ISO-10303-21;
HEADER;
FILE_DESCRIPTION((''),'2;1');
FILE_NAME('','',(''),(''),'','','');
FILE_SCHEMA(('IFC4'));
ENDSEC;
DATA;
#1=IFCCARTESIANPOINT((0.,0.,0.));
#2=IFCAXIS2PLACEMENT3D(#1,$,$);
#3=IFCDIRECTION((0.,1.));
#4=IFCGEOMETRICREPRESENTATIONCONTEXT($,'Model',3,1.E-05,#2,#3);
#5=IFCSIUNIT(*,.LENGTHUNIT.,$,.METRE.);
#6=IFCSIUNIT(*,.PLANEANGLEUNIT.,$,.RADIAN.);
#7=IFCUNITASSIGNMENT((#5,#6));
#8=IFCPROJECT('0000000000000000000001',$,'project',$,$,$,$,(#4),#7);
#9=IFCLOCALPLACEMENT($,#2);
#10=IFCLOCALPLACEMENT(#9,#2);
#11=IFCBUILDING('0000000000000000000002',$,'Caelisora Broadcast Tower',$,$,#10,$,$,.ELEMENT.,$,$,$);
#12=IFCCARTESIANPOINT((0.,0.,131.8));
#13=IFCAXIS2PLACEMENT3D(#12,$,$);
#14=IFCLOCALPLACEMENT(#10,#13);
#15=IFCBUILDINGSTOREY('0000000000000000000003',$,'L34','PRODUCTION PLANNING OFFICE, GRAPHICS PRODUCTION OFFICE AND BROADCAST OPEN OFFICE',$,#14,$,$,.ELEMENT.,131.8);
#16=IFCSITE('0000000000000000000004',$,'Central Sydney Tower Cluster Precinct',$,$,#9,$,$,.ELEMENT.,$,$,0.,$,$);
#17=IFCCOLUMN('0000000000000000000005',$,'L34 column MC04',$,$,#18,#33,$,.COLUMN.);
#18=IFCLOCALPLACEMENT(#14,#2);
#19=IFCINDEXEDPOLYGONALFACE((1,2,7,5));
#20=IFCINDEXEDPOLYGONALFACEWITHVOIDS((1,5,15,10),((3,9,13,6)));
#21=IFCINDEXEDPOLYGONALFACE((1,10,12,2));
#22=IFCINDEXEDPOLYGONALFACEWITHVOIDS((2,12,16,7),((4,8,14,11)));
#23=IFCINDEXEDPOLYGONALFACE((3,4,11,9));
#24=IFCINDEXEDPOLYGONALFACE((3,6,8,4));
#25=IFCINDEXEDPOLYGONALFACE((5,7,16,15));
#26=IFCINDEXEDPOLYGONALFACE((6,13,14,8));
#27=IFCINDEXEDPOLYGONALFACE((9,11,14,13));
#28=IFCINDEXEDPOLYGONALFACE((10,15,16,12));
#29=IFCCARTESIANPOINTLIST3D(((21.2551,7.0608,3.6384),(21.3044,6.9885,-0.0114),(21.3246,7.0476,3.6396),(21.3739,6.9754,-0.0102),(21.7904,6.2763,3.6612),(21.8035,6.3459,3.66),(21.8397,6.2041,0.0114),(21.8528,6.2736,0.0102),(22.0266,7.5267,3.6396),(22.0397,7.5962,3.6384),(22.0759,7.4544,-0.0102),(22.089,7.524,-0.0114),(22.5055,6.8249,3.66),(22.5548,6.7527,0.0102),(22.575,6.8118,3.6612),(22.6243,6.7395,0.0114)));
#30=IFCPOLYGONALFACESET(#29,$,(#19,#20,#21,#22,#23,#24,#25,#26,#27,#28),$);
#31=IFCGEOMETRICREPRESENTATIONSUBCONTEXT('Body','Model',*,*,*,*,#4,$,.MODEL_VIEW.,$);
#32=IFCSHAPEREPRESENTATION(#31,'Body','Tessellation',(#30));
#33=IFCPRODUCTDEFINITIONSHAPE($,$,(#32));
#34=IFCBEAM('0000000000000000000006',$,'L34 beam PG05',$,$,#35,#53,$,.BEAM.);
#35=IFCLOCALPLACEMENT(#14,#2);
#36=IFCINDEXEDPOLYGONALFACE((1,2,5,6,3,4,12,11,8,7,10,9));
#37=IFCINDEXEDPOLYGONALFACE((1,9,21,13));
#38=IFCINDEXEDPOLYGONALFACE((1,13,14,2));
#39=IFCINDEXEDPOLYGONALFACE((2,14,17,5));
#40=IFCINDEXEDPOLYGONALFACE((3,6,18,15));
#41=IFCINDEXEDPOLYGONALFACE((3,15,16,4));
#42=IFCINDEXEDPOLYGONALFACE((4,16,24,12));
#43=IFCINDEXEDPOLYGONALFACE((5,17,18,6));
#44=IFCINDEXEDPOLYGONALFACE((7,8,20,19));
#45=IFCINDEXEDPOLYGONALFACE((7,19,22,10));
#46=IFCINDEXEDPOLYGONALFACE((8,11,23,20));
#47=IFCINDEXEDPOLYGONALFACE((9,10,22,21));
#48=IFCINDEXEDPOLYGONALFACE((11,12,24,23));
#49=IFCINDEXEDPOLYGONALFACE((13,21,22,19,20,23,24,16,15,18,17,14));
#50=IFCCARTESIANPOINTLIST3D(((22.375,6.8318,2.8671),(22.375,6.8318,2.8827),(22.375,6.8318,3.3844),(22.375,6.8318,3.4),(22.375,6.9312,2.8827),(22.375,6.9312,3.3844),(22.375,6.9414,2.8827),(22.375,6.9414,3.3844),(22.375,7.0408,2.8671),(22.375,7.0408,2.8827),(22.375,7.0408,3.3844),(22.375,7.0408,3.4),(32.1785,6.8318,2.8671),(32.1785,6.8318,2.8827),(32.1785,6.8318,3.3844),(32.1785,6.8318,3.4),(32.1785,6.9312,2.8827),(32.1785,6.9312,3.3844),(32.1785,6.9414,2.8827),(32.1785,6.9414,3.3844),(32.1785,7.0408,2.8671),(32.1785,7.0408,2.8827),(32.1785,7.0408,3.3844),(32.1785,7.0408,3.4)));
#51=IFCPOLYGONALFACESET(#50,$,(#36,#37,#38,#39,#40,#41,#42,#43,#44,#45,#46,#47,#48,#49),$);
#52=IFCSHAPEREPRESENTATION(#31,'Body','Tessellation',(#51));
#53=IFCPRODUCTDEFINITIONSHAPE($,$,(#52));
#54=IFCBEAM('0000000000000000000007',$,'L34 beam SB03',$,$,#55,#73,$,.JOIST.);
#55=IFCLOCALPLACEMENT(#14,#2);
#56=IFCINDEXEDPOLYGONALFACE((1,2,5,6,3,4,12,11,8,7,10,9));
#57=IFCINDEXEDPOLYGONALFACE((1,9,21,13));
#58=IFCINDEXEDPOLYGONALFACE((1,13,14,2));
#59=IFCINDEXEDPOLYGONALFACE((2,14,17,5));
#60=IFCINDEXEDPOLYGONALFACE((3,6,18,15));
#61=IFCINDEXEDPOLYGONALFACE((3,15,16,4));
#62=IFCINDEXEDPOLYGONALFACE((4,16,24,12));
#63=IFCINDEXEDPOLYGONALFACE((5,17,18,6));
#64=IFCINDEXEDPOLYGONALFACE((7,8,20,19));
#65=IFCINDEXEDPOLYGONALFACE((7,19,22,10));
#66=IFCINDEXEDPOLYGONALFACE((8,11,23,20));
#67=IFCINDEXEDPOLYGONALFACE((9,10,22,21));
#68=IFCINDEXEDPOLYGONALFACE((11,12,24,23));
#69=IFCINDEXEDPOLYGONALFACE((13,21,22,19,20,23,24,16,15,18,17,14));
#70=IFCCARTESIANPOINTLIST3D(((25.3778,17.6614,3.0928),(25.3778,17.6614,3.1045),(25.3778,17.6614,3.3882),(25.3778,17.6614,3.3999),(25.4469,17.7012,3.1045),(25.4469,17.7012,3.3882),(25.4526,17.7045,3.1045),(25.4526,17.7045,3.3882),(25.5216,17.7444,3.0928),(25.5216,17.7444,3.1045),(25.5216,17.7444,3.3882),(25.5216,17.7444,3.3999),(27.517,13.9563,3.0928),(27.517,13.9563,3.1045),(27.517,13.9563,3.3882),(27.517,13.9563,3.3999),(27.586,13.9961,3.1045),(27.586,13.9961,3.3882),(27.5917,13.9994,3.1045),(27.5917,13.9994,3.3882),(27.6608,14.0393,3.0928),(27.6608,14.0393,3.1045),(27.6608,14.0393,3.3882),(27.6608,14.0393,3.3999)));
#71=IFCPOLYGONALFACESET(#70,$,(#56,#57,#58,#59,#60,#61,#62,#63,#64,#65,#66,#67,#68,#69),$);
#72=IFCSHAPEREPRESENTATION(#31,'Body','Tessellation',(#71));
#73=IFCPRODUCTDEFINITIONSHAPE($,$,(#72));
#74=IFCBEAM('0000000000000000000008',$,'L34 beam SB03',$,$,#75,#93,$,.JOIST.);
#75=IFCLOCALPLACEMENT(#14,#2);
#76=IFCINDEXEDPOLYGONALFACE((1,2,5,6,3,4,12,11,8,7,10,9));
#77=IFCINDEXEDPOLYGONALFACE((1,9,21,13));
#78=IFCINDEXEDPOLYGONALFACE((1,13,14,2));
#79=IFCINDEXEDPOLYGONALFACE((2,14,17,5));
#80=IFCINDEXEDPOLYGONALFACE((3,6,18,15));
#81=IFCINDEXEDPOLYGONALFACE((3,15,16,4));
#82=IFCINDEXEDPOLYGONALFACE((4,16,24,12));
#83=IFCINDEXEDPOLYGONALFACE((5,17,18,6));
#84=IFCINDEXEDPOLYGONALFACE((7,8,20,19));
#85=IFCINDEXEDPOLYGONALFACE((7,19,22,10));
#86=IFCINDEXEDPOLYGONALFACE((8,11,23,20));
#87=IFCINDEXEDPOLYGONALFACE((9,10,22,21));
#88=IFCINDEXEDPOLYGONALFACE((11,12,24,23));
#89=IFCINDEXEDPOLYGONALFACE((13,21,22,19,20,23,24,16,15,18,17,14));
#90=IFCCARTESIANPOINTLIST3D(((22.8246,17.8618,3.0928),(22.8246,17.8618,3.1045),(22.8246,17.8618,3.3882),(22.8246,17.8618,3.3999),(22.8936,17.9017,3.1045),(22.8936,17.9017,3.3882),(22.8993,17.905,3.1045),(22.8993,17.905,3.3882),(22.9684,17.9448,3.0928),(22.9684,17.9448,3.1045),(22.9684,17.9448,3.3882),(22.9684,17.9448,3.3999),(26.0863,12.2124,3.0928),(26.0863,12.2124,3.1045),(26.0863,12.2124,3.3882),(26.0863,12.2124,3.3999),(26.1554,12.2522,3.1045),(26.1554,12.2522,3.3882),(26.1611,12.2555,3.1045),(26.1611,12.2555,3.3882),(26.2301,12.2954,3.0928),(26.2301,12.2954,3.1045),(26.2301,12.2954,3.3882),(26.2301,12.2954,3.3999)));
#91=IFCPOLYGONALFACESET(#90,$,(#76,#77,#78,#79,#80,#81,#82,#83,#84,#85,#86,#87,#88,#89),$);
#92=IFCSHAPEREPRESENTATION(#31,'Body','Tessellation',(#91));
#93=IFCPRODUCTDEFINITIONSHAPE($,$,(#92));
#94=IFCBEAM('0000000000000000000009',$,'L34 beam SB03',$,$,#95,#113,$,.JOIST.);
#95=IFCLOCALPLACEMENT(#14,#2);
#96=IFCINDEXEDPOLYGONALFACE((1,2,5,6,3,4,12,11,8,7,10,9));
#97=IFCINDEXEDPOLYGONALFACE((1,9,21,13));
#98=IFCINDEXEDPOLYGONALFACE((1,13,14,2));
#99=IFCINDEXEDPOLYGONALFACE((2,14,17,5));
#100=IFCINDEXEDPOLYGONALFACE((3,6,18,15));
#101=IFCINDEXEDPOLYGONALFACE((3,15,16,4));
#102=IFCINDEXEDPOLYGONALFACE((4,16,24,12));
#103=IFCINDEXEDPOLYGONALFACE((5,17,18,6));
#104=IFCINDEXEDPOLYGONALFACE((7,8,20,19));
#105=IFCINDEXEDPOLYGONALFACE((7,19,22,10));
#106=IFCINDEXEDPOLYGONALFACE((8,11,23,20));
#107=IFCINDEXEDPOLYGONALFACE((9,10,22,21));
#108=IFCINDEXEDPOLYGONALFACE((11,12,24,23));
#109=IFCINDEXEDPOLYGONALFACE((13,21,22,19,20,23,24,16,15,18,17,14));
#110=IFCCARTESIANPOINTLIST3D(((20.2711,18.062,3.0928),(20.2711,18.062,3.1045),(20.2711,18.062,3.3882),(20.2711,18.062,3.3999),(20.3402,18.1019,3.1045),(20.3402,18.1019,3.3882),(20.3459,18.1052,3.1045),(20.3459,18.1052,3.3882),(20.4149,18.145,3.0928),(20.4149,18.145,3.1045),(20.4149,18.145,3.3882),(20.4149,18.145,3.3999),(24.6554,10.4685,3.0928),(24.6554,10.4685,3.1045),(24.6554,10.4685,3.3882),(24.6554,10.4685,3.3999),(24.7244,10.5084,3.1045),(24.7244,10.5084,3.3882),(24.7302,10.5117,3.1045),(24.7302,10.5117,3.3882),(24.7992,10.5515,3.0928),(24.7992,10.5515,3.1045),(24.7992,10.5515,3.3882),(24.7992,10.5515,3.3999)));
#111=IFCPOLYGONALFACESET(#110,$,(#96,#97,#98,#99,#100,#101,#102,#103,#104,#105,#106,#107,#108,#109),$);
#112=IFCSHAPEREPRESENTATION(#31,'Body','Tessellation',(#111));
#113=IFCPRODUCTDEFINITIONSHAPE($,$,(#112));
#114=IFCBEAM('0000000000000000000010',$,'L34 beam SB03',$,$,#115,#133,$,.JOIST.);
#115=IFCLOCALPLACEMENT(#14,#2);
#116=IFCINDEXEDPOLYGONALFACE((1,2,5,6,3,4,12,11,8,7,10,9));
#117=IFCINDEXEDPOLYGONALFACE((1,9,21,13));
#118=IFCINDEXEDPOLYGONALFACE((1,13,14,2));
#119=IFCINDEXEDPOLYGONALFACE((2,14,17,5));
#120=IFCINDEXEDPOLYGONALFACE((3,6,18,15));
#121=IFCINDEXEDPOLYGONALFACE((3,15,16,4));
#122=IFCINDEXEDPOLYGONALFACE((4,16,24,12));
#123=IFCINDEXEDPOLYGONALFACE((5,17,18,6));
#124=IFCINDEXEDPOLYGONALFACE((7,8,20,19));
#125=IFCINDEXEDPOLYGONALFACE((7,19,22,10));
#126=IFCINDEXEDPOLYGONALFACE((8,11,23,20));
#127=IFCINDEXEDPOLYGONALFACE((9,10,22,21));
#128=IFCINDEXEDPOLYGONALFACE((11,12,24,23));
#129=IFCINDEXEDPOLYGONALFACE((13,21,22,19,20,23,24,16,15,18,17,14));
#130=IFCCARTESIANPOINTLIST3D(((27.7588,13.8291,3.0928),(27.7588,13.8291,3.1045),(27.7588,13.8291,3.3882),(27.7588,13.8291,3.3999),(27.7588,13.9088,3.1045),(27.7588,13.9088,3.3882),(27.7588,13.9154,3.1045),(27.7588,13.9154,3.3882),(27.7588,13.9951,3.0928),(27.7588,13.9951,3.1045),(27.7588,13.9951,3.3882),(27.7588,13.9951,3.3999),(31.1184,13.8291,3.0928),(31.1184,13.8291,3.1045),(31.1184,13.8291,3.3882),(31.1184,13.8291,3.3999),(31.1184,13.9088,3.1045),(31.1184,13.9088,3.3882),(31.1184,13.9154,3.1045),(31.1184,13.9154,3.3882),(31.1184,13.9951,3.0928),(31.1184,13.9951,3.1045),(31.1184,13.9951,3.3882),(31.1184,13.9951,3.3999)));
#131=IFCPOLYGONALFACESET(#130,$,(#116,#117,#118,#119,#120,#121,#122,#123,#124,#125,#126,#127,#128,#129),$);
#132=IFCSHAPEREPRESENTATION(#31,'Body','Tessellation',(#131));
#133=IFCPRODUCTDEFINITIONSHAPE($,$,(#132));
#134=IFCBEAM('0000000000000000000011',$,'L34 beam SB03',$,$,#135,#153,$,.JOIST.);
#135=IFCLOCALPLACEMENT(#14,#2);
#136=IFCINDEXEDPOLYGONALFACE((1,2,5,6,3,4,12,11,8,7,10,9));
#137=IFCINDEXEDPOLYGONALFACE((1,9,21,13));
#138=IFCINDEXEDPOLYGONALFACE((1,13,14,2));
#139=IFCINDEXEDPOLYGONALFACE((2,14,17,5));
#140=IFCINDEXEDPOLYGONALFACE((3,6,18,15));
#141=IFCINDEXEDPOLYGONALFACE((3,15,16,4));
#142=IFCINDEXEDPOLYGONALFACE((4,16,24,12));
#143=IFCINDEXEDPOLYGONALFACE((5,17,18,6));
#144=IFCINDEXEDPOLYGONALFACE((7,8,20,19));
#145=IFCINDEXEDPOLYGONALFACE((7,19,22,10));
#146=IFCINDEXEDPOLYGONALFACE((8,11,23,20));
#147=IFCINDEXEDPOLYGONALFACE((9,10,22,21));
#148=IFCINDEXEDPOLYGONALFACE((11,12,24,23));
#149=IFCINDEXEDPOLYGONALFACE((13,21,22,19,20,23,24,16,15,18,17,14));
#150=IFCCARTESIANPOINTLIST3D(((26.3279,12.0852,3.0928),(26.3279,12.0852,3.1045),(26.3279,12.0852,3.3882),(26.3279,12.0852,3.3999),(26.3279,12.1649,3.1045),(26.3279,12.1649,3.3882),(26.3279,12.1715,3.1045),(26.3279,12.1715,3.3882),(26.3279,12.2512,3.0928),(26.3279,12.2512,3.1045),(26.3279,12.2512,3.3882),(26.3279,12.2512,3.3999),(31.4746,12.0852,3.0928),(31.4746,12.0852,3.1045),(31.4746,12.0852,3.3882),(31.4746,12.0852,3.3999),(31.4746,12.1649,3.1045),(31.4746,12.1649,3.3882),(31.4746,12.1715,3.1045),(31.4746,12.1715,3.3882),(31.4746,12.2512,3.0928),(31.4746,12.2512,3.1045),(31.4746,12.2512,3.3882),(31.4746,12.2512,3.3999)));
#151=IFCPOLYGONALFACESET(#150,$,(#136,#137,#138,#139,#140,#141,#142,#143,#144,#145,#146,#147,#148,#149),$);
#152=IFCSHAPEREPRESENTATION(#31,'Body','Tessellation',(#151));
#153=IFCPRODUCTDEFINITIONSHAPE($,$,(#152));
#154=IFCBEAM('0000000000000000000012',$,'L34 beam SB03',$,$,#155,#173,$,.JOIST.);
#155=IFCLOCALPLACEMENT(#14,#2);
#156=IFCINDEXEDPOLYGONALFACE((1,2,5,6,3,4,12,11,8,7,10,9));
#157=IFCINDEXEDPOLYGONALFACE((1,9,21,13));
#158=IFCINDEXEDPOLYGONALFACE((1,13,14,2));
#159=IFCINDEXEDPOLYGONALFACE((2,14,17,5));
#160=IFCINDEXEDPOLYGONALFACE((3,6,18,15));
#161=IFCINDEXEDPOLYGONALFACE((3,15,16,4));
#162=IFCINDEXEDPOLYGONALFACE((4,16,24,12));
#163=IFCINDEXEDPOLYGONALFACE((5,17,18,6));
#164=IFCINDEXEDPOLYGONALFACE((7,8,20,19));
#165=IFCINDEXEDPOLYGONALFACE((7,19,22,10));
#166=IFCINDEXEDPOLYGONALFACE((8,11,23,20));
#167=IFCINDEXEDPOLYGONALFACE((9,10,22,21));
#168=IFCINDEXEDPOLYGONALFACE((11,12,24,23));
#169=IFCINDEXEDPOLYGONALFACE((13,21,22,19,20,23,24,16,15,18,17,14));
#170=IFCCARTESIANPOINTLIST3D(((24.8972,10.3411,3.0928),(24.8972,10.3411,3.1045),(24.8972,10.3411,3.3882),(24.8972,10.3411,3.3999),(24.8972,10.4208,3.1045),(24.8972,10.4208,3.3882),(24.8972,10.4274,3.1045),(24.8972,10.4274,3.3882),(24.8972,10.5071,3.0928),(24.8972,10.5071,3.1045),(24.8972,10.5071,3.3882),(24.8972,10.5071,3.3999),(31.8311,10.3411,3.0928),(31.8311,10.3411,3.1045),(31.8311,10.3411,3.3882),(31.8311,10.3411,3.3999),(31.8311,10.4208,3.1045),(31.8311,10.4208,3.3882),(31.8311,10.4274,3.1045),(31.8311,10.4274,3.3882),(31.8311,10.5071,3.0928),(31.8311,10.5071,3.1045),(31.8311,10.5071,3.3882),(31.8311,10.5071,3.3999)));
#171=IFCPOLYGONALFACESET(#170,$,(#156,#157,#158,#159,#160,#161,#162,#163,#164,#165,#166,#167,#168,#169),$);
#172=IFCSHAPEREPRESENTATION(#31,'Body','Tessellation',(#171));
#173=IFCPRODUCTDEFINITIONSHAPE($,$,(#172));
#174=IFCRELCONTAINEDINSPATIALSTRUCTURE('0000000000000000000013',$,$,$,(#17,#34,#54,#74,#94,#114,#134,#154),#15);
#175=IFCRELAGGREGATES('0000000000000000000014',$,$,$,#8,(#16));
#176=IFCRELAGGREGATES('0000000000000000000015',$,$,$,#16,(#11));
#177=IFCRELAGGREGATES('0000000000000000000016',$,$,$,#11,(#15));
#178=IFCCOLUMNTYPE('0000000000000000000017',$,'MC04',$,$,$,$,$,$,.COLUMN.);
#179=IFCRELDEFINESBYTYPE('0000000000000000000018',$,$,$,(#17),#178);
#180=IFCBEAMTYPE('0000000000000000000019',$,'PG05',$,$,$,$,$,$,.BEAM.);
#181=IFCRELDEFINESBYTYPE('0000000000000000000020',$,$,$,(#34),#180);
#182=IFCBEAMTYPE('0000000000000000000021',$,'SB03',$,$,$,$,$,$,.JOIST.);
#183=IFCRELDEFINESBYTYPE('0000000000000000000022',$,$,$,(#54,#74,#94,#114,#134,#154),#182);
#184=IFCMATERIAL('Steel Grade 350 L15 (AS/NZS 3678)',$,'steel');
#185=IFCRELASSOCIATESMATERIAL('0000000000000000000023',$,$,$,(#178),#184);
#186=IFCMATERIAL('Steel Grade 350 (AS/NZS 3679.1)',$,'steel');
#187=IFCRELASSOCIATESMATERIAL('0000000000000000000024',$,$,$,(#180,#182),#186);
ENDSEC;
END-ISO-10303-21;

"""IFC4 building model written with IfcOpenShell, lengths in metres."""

from ifc_helpers import new_model, si_unit, direction, frame, origin, origin_2d, place, context, subcontext, project, spatial, hollow_rectangle, i_section, extrude, source, transform, mapped, material, material_profile, profile_set, type_object, type_shapes, element, save


model = new_model("IFC4")

# Units and contexts
model_context = context("Model", 3, precision=1e-05, world=origin(), true_north=direction((0.0, 1.0)))
body_context = subcontext(model_context, "Body", "Model", "MODEL_VIEW")
ifc_project = project(units=[si_unit("LENGTHUNIT", "METRE"), si_unit("PLANEANGLEUNIT", "RADIAN")], contexts=[model_context])

# Site, building, storey
site_placement = place(None, origin())
site = spatial("IfcSite", under=ifc_project, at=site_placement, Name="Central Sydney Tower Cluster Precinct", CompositionType="ELEMENT", RefElevation=0.0)
building_placement = place(site_placement, origin())
building = spatial("IfcBuilding", under=site, at=building_placement, Name="Caelisora Broadcast Tower", CompositionType="ELEMENT")
storey_placement = place(building_placement, frame((0.0, 0.0, 131.8)))
storey = spatial("IfcBuildingStorey", under=building, at=storey_placement, Name="L34", Description="PRODUCTION PLANNING OFFICE, GRAPHICS PRODUCTION OFFICE AND BROADCAST OPEN OFFICE", CompositionType="ELEMENT", Elevation=131.8)

# Column
ifc_material_1 = material(Name="Steel Grade 350 L15 (AS/NZS 3678)", Category="steel")
ifc_material_profile_1 = material_profile(ifc_material_1, hollow_rectangle(XDim=0.95, YDim=0.95, WallThickness=0.05, at=origin_2d()), Name="Steel Grade 350 L15 (AS/NZS 3678)")
ifc_profile_set_1 = profile_set([ifc_material_profile_1], Name="Steel Grade 350 L15 (AS/NZS 3678)")
column_type = type_object("IfcColumnType", Name="MC04", PredefinedType="COLUMN", material=ifc_profile_set_1)
shared_shape_1 = source(origin(), body_context, "Body", "SweptSolid", [
    extrude(hollow_rectangle(XDim=0.95, YDim=0.95, WallThickness=0.05, at=origin_2d()), origin(), (0.0, 0.0, 1.0), 3.6509),
])
type_shapes(column_type, [shared_shape_1])
column_placement = place(storey_placement, frame((21.9644, 6.864, 0.0), z_axis=(-0.013508, 0.019794, 0.999713), x_axis=(-0.825991, -0.563683, 0.0)))
element("IfcColumn", 1, at=column_placement, inside=storey, type_object=column_type, Name="L34 column MC04", PredefinedType="COLUMN", context=body_context, shape_type="MappedRepresentation", body=[
    mapped(shared_shape_1, transform((0.0, 0.0, 0.0), scale=1.0)),
])

# Beams
ifc_material_2 = material(Name="Steel Grade 350 (AS/NZS 3679.1)", Category="steel")
ifc_material_profile_2 = material_profile(ifc_material_2, i_section(OverallWidth=0.209, OverallDepth=0.533, WebThickness=0.0103, FlangeThickness=0.0156, at=origin_2d()), Name="Steel Grade 350 (AS/NZS 3679.1)")
ifc_profile_set_2 = profile_set([ifc_material_profile_2], Name="Steel Grade 350 (AS/NZS 3679.1)")
beam_type_1 = type_object("IfcBeamType", Name="PG05", PredefinedType="BEAM", material=ifc_profile_set_2)
shared_shape_2 = source(origin(), body_context, "Body", "SweptSolid", [
    extrude(i_section(OverallWidth=0.209, OverallDepth=0.533, WebThickness=0.0103, FlangeThickness=0.0156, at=origin_2d()), origin(), (0.0, 0.0, 1.0), 9.8035),
])
type_shapes(beam_type_1, [shared_shape_2])
beam_1_placement = place(storey_placement, frame((22.375, 6.9363, 3.1335), z_axis=(1.0, 0.0, 0.0), x_axis=(0.0, 1.0, 0.0)))
element("IfcBeam", 2, at=beam_1_placement, inside=storey, type_object=beam_type_1, Name="L34 beam PG05", PredefinedType="BEAM", context=body_context, shape_type="MappedRepresentation", body=[
    mapped(shared_shape_2, transform((0.0, 0.0, 0.0), scale=1.0)),
])
ifc_material_profile_3 = material_profile(ifc_material_2, i_section(OverallWidth=0.166, OverallDepth=0.3071, WebThickness=0.0066, FlangeThickness=0.0117, at=origin_2d()), Name="Steel Grade 350 (AS/NZS 3679.1)")
ifc_profile_set_3 = profile_set([ifc_material_profile_3], Name="Steel Grade 350 (AS/NZS 3679.1)")
beam_type_2 = type_object("IfcBeamType", Name="SB03", PredefinedType="JOIST", material=ifc_profile_set_3)
shared_shape_3 = source(origin(), body_context, "Body", "SweptSolid", [
    extrude(i_section(OverallWidth=0.166, OverallDepth=0.3071, WebThickness=0.0066, FlangeThickness=0.0117, at=origin_2d()), origin(), (0.0, 0.0, 1.0), 4.2783),
])
beam_2_placement = place(storey_placement, frame((25.4497, 17.7029, 3.2463), z_axis=(0.500006, -0.866022, 0.0), x_axis=(0.866022, 0.500006, 0.0)))
element("IfcBeam", 3, at=beam_2_placement, inside=storey, type_object=beam_type_2, Name="L34 beam SB03", PredefinedType="JOIST", context=body_context, shape_type="MappedRepresentation", body=[
    mapped(shared_shape_3, transform((0.0, 0.0, 0.0), scale=1.0)),
])
shared_shape_4 = source(origin(), body_context, "Body", "SweptSolid", [
    extrude(i_section(OverallWidth=0.166, OverallDepth=0.3071, WebThickness=0.0066, FlangeThickness=0.0117, at=origin_2d()), origin(), (0.0, 0.0, 1.0), 6.5234),
])
beam_3_placement = place(storey_placement, frame((22.8965, 17.9033, 3.2463), z_axis=(0.500003, -0.866024, 0.0), x_axis=(0.866024, 0.500003, 0.0)))
element("IfcBeam", 4, at=beam_3_placement, inside=storey, type_object=beam_type_2, Name="L34 beam SB03", PredefinedType="JOIST", context=body_context, shape_type="MappedRepresentation", body=[
    mapped(shared_shape_4, transform((0.0, 0.0, 0.0), scale=1.0)),
])
shared_shape_5 = source(origin(), body_context, "Body", "SweptSolid", [
    extrude(i_section(OverallWidth=0.166, OverallDepth=0.3071, WebThickness=0.0066, FlangeThickness=0.0117, at=origin_2d()), origin(), (0.0, 0.0, 1.0), 8.7683),
])
beam_4_placement = place(storey_placement, frame((20.343, 18.1035, 3.2463), z_axis=(0.500014, -0.866017, 0.0), x_axis=(0.866017, 0.500014, 0.0)))
element("IfcBeam", 5, at=beam_4_placement, inside=storey, type_object=beam_type_2, Name="L34 beam SB03", PredefinedType="JOIST", context=body_context, shape_type="MappedRepresentation", body=[
    mapped(shared_shape_5, transform((0.0, 0.0, 0.0), scale=1.0)),
])
shared_shape_6 = source(origin(), body_context, "Body", "SweptSolid", [
    extrude(i_section(OverallWidth=0.166, OverallDepth=0.3071, WebThickness=0.0066, FlangeThickness=0.0117, at=origin_2d()), origin(), (0.0, 0.0, 1.0), 3.3596),
])
beam_5_placement = place(storey_placement, frame((27.7588, 13.9121, 3.2463), z_axis=(1.0, 0.0, 0.0), x_axis=(0.0, 1.0, 0.0)))
element("IfcBeam", 6, at=beam_5_placement, inside=storey, type_object=beam_type_2, Name="L34 beam SB03", PredefinedType="JOIST", context=body_context, shape_type="MappedRepresentation", body=[
    mapped(shared_shape_6, transform((0.0, 0.0, 0.0), scale=1.0)),
])
shared_shape_7 = source(origin(), body_context, "Body", "SweptSolid", [
    extrude(i_section(OverallWidth=0.166, OverallDepth=0.3071, WebThickness=0.0066, FlangeThickness=0.0117, at=origin_2d()), origin(), (0.0, 0.0, 1.0), 5.1467),
])
beam_6_placement = place(storey_placement, frame((26.3279, 12.1682, 3.2463), z_axis=(1.0, 0.0, 0.0), x_axis=(0.0, 1.0, 0.0)))
element("IfcBeam", 7, at=beam_6_placement, inside=storey, type_object=beam_type_2, Name="L34 beam SB03", PredefinedType="JOIST", context=body_context, shape_type="MappedRepresentation", body=[
    mapped(shared_shape_7, transform((0.0, 0.0, 0.0), scale=1.0)),
])
shared_shape_8 = source(origin(), body_context, "Body", "SweptSolid", [
    extrude(i_section(OverallWidth=0.166, OverallDepth=0.3071, WebThickness=0.0066, FlangeThickness=0.0117, at=origin_2d()), origin(), (0.0, 0.0, 1.0), 6.9338),
])
beam_7_placement = place(storey_placement, frame((24.8972, 10.4241, 3.2463), z_axis=(1.0, 0.0, 0.0), x_axis=(0.0, 1.0, 0.0)))
element("IfcBeam", 8, at=beam_7_placement, inside=storey, type_object=beam_type_2, Name="L34 beam SB03", PredefinedType="JOIST", context=body_context, shape_type="MappedRepresentation", body=[
    mapped(shared_shape_8, transform((0.0, 0.0, 0.0), scale=1.0)),
])

save(model, "model.ifc")
